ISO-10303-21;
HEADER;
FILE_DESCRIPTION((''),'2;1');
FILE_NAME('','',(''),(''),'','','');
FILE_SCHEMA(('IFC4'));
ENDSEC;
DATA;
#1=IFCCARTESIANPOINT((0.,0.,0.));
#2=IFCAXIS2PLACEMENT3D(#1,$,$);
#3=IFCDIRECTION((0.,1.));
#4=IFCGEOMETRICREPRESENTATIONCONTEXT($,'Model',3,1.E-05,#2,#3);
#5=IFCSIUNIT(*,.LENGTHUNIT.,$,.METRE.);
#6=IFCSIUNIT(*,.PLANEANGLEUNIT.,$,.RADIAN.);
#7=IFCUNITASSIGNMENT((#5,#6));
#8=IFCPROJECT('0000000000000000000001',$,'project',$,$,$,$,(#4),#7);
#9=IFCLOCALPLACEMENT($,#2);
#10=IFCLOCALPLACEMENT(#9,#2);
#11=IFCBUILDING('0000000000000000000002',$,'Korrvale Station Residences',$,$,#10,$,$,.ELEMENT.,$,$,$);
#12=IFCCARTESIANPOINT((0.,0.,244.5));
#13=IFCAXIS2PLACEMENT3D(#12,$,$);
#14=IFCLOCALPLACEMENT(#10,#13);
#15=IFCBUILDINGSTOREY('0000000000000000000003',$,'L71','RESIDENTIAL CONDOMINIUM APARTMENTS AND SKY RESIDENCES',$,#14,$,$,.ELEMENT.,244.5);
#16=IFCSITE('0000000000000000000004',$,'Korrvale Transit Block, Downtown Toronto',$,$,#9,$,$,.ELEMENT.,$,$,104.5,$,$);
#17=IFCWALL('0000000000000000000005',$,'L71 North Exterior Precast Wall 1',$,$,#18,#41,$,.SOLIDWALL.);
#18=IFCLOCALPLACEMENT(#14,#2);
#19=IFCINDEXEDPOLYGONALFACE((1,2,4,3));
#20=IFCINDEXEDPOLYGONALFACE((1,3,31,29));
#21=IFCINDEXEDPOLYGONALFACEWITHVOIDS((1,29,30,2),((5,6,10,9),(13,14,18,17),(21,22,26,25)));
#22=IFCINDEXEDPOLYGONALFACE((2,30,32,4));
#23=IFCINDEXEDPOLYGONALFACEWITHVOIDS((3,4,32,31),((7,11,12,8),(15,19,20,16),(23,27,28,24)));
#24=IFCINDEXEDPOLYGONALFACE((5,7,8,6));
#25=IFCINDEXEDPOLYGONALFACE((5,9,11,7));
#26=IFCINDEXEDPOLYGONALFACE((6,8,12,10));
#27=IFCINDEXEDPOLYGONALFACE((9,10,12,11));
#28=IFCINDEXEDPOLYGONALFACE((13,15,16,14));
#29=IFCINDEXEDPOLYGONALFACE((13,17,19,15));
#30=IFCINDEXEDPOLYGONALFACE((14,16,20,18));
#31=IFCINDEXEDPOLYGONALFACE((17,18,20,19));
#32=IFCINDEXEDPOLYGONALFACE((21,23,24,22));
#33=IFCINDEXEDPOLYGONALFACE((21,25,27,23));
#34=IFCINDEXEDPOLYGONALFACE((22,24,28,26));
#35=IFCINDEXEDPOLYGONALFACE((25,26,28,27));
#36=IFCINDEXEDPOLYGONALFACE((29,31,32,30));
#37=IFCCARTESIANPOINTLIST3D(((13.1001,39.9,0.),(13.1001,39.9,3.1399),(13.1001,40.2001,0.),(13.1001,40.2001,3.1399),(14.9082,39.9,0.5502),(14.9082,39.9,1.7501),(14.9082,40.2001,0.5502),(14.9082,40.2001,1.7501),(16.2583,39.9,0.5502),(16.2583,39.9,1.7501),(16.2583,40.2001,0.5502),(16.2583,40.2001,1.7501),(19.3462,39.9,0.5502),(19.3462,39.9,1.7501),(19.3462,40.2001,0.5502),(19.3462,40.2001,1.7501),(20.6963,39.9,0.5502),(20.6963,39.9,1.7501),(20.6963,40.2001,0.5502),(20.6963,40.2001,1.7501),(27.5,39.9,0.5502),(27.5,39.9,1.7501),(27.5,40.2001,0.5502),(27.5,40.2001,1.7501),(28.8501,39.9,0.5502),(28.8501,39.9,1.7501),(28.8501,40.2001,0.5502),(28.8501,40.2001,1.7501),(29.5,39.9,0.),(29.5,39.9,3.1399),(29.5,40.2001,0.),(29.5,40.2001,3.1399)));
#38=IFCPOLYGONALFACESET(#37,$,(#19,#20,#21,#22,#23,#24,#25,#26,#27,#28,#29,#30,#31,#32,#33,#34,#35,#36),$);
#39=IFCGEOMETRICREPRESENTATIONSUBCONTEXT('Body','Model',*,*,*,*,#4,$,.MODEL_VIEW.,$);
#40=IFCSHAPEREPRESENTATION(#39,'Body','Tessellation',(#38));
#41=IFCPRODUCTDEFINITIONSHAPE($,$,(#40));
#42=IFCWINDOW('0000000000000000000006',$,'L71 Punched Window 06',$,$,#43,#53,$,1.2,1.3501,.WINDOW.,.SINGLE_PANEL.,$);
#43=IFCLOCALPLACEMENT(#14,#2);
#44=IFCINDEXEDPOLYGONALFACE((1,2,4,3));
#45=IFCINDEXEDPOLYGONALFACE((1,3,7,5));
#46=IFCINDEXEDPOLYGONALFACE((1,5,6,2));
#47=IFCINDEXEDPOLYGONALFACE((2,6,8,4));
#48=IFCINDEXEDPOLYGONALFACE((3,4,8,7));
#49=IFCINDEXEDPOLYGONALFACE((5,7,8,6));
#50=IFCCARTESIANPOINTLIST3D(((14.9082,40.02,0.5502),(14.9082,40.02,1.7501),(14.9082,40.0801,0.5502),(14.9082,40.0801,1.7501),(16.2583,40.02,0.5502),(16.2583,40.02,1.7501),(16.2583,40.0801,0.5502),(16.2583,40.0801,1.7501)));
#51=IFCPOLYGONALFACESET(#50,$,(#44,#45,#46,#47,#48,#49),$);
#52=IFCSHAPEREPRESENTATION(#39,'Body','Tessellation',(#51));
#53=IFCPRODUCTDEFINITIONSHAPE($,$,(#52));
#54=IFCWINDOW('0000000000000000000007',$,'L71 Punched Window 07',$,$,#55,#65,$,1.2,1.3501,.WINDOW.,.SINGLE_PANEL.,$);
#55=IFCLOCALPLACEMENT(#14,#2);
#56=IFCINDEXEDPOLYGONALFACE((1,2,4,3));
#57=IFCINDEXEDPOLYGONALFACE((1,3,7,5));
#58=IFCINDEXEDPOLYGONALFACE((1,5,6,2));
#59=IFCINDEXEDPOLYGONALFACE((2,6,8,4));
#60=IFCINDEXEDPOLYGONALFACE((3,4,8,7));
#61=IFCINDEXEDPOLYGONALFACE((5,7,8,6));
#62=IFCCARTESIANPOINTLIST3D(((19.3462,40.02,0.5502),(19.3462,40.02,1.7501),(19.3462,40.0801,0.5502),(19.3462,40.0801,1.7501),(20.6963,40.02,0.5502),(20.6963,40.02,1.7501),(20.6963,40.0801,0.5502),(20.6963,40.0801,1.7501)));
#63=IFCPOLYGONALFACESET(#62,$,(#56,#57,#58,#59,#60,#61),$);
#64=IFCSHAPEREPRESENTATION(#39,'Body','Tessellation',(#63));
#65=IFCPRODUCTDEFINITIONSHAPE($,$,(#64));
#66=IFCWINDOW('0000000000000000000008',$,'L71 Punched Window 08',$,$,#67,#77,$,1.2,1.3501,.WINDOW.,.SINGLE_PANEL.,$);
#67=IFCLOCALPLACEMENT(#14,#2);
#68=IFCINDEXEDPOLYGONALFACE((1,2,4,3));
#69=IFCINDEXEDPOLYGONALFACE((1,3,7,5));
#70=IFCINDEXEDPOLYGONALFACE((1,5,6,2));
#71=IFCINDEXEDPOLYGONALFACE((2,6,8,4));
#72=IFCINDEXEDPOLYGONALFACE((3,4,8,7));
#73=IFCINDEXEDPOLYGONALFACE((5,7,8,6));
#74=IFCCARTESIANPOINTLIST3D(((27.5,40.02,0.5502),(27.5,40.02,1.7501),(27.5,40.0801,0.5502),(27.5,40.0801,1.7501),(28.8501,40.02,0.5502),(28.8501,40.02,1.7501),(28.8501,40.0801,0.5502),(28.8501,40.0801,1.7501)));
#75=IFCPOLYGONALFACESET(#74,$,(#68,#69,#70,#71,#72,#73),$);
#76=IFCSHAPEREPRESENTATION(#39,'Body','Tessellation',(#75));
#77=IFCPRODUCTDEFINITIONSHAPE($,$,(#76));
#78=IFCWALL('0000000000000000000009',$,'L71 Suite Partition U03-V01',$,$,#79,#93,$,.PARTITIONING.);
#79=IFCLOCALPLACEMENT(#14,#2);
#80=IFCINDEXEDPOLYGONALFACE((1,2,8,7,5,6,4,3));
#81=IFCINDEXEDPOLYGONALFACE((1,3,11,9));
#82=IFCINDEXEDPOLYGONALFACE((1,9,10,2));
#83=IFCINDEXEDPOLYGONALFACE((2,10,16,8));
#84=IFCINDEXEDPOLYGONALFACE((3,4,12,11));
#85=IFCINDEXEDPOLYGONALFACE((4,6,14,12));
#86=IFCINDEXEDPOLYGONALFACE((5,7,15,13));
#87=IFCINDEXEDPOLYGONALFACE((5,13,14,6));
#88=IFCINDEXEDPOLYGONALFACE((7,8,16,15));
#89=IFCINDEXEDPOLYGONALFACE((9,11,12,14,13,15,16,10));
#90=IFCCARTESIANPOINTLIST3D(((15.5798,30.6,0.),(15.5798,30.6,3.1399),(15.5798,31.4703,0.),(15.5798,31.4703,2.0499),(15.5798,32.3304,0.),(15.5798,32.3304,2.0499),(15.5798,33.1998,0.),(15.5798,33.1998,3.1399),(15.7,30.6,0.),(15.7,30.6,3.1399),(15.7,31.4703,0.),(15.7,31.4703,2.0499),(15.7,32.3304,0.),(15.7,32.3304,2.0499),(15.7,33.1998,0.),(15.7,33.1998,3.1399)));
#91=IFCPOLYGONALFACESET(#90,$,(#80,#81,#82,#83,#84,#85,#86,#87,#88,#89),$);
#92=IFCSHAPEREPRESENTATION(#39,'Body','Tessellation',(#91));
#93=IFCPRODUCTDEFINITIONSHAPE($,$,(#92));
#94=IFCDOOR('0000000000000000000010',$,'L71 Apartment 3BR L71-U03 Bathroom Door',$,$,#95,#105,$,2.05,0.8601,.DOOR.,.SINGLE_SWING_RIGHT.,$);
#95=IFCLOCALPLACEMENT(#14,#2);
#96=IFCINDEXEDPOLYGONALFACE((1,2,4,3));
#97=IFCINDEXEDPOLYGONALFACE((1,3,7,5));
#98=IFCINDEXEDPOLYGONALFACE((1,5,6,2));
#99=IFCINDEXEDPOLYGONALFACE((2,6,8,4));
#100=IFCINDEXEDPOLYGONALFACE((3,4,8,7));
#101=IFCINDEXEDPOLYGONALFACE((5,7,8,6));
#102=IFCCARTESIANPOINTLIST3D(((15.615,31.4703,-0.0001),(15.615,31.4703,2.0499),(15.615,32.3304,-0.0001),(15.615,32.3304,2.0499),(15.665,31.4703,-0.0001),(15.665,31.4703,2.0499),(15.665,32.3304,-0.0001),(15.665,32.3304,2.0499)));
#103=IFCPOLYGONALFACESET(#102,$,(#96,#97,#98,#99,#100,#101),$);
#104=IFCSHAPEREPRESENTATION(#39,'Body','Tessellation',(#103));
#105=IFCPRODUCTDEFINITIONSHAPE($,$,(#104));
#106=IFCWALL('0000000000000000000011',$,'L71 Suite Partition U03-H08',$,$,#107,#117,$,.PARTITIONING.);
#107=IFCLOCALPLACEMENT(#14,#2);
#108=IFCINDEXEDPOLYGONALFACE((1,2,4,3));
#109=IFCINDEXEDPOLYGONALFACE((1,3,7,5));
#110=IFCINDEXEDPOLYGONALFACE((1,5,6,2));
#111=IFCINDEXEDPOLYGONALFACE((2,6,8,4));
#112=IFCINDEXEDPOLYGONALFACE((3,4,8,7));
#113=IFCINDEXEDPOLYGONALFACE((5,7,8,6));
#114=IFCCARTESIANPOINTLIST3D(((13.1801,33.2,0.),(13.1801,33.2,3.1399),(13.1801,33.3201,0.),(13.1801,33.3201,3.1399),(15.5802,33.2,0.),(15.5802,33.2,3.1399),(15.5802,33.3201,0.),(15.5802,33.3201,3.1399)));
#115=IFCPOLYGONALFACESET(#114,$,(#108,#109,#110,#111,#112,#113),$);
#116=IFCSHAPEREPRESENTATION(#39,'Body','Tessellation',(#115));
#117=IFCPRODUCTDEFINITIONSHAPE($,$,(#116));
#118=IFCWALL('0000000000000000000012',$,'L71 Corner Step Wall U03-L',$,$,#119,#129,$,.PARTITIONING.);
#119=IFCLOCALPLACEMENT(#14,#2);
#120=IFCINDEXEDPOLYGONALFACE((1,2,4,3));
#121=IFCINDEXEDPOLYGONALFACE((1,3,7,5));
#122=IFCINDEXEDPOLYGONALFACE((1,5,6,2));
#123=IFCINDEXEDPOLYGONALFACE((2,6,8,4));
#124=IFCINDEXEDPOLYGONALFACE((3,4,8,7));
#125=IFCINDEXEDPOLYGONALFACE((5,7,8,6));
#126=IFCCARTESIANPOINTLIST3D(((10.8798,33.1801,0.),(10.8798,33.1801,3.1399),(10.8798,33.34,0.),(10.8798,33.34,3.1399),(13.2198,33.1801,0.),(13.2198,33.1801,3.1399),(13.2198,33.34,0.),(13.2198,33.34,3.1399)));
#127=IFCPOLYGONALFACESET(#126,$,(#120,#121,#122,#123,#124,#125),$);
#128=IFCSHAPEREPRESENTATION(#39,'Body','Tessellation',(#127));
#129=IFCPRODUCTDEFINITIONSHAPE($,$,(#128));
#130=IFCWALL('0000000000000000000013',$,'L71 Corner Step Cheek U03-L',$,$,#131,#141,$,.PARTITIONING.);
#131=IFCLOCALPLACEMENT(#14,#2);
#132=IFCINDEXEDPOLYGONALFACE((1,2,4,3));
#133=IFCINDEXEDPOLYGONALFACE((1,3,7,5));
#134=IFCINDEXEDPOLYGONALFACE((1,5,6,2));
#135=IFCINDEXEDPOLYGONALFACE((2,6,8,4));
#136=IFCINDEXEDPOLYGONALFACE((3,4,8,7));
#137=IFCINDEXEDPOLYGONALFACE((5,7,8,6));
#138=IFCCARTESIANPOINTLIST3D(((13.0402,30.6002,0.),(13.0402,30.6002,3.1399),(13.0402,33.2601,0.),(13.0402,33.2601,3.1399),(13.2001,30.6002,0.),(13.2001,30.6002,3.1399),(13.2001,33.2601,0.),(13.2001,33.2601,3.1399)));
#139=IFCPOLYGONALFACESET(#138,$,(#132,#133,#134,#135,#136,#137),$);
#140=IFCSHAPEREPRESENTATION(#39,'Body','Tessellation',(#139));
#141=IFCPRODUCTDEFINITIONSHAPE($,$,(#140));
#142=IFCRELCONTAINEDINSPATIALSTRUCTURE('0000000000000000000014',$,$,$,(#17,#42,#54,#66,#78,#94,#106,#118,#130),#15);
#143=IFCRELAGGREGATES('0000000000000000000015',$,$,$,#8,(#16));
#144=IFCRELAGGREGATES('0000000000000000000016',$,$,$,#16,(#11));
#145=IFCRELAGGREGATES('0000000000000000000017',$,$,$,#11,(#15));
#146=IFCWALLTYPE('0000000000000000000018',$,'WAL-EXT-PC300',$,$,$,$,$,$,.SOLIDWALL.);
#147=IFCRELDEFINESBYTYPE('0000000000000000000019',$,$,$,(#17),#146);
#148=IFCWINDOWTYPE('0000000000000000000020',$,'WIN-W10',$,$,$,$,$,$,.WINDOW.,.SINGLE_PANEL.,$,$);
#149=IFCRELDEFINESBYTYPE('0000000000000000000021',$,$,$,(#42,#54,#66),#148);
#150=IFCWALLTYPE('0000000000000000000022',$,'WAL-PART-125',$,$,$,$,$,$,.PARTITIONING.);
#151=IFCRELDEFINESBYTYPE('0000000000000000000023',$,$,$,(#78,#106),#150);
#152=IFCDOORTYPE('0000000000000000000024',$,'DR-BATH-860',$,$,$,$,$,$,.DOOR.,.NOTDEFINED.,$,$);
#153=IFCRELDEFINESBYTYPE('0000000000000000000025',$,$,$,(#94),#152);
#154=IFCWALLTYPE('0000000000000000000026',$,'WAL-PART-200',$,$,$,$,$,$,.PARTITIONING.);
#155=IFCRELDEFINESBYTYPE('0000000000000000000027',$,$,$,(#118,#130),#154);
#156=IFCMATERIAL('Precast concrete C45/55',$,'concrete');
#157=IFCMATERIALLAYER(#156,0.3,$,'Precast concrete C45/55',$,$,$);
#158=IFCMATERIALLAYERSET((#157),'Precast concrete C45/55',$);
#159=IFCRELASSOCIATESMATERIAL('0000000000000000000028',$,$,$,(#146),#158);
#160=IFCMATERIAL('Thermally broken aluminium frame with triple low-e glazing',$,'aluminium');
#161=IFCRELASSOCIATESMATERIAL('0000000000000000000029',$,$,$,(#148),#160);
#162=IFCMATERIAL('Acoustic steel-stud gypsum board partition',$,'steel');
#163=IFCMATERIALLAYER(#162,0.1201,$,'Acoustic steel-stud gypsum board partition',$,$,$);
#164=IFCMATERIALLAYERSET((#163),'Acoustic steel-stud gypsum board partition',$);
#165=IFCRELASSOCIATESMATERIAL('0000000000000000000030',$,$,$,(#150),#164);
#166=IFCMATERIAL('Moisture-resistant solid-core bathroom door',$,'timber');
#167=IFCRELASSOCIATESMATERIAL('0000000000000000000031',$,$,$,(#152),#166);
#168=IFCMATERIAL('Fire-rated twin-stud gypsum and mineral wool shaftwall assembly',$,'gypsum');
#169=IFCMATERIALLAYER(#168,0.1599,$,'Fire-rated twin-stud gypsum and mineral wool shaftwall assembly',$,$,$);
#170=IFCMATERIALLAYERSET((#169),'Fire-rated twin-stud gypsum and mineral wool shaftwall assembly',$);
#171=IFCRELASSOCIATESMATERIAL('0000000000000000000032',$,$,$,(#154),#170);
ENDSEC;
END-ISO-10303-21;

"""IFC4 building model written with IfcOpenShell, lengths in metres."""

from ifc_helpers import new_model, si_unit, direction, frame, frame_2d, origin, place, context, subcontext, project, spatial, rectangle, extrude, material, layer, layer_set, type_object, element, fill, save


model = new_model("IFC4")

# Units and contexts
model_context = context("Model", 3, precision=1e-05, world=origin(), true_north=direction((0.0, 1.0)))
body_context = subcontext(model_context, "Body", "Model", "MODEL_VIEW")
ifc_project = project(units=[si_unit("LENGTHUNIT", "METRE"), si_unit("PLANEANGLEUNIT", "RADIAN")], contexts=[model_context])

# Site, building, storey
site_placement = place(None, origin())
site = spatial("IfcSite", under=ifc_project, at=site_placement, Name="Korrvale Transit Block, Downtown Toronto", CompositionType="ELEMENT", RefElevation=104.5)
building_placement = place(site_placement, origin())
building = spatial("IfcBuilding", under=site, at=building_placement, Name="Korrvale Station Residences", CompositionType="ELEMENT")
storey_placement = place(building_placement, frame((0.0, 0.0, 244.5)))
storey = spatial("IfcBuildingStorey", under=building, at=storey_placement, Name="L71", Description="RESIDENTIAL CONDOMINIUM APARTMENTS AND SKY RESIDENCES", CompositionType="ELEMENT", Elevation=244.5)

# Shared definitions
ifc_material_1 = material(Name="Precast concrete C45/55", Category="concrete")

# Wall, openings, windows
ifc_layer_1 = layer(ifc_material_1, 0.3, Name="Precast concrete C45/55")
ifc_layer_set_1 = layer_set([ifc_layer_1], Name="Precast concrete C45/55")
wall_type_1 = type_object("IfcWallType", Name="WAL-EXT-PC300", PredefinedType="SOLIDWALL", material=ifc_layer_set_1)
wall_1_placement = place(storey_placement, frame((13.1001, 40.05, 0.0), z_axis=(0.0, 0.0, 1.0), x_axis=(1.0, 0.0, 0.0)))
wall_1 = element("IfcWall", 1, at=wall_1_placement, inside=storey, type_object=wall_type_1, Name="L71 North Exterior Precast Wall 1", PredefinedType="SOLIDWALL", context=body_context, shape_type="SweptSolid", body=[
    extrude(rectangle(XDim=16.3999, YDim=0.3, at=frame_2d((8.2, 0.0))), origin(), (0.0, 0.0, 1.0), 3.1399),
])
opening_1_placement = place(wall_1_placement, frame((1.8081, 0.0, 0.55)))
opening_1 = element("IfcOpeningElement", 2, at=opening_1_placement, cuts=wall_1, PredefinedType="OPENING", context=body_context, shape_type="SweptSolid", body=[
    extrude(rectangle(XDim=1.3501, YDim=1.2, at=frame_2d((0.675, 0.6001))), frame((0.0, 0.1602, 0.0), z_axis=(0.0, -1.0, 0.0), x_axis=(1.0, 0.0, 0.0)), (0.0, 0.0, 1.0), 0.3201),
])
opening_2_placement = place(wall_1_placement, frame((6.2461, 0.0, 0.55)))
opening_2 = element("IfcOpeningElement", 3, at=opening_2_placement, cuts=wall_1, PredefinedType="OPENING", context=body_context, shape_type="SweptSolid", body=[
    extrude(rectangle(XDim=1.3501, YDim=1.2, at=frame_2d((0.675, 0.6001))), frame((0.0, 0.1602, 0.0), z_axis=(0.0, -1.0, 0.0), x_axis=(1.0, 0.0, 0.0)), (0.0, 0.0, 1.0), 0.3201),
])
opening_3_placement = place(wall_1_placement, frame((14.3999, 0.0, 0.55)))
opening_3 = element("IfcOpeningElement", 4, at=opening_3_placement, cuts=wall_1, PredefinedType="OPENING", context=body_context, shape_type="SweptSolid", body=[
    extrude(rectangle(XDim=1.3501, YDim=1.2, at=frame_2d((0.675, 0.6001))), frame((0.0, 0.1602, 0.0), z_axis=(0.0, -1.0, 0.0), x_axis=(1.0, 0.0, 0.0)), (0.0, 0.0, 1.0), 0.3201),
])
ifc_material_2 = material(Name="Thermally broken aluminium frame with triple low-e glazing", Category="aluminium")
window_type = type_object("IfcWindowType", Name="WIN-W10", PartitioningType="SINGLE_PANEL", PredefinedType="WINDOW", material=ifc_material_2)
window_1_placement = place(opening_1_placement, origin())
window_1 = element("IfcWindow", 5, at=window_1_placement, inside=storey, type_object=window_type, Name="L71 Punched Window 06", OverallHeight=1.2, OverallWidth=1.3501, PartitioningType="SINGLE_PANEL", PredefinedType="WINDOW", context=body_context, shape_type="SweptSolid", body=[
    extrude(rectangle(XDim=1.3501, YDim=1.2, at=frame_2d((0.675, 0.6001))), frame((0.0, 0.03, 0.0), z_axis=(0.0, -1.0, 0.0), x_axis=(1.0, 0.0, 0.0)), (0.0, 0.0, 1.0), 0.0601),
])
fill(opening_1, window_1)
window_2_placement = place(opening_2_placement, origin())
window_2 = element("IfcWindow", 6, at=window_2_placement, inside=storey, type_object=window_type, Name="L71 Punched Window 07", OverallHeight=1.2, OverallWidth=1.3501, PartitioningType="SINGLE_PANEL", PredefinedType="WINDOW", context=body_context, shape_type="SweptSolid", body=[
    extrude(rectangle(XDim=1.3501, YDim=1.2, at=frame_2d((0.675, 0.6001))), frame((0.0, 0.03, 0.0), z_axis=(0.0, -1.0, 0.0), x_axis=(1.0, 0.0, 0.0)), (0.0, 0.0, 1.0), 0.0601),
])
fill(opening_2, window_2)
window_3_placement = place(opening_3_placement, origin())
window_3 = element("IfcWindow", 7, at=window_3_placement, inside=storey, type_object=window_type, Name="L71 Punched Window 08", OverallHeight=1.2, OverallWidth=1.3501, PartitioningType="SINGLE_PANEL", PredefinedType="WINDOW", context=body_context, shape_type="SweptSolid", body=[
    extrude(rectangle(XDim=1.3501, YDim=1.2, at=frame_2d((0.675, 0.6001))), frame((0.0, 0.03, 0.0), z_axis=(0.0, -1.0, 0.0), x_axis=(1.0, 0.0, 0.0)), (0.0, 0.0, 1.0), 0.0601),
])
fill(opening_3, window_3)

# Wall, opening, door
ifc_material_3 = material(Name="Acoustic steel-stud gypsum board partition", Category="steel")
ifc_layer_2 = layer(ifc_material_3, 0.1201, Name="Acoustic steel-stud gypsum board partition")
ifc_layer_set_2 = layer_set([ifc_layer_2], Name="Acoustic steel-stud gypsum board partition")
wall_type_2 = type_object("IfcWallType", Name="WAL-PART-125", PredefinedType="PARTITIONING", material=ifc_layer_set_2)
wall_2_placement = place(storey_placement, frame((15.6399, 30.6001, 0.0), z_axis=(0.0, 0.0, 1.0), x_axis=(0.0, 1.0, 0.0)))
wall_2 = element("IfcWall", 8, at=wall_2_placement, inside=storey, type_object=wall_type_2, Name="L71 Suite Partition U03-V01", PredefinedType="PARTITIONING", context=body_context, shape_type="SweptSolid", body=[
    extrude(rectangle(XDim=2.5999, YDim=0.1201, at=frame_2d((1.2998, 0.0))), origin(), (0.0, 0.0, 1.0), 3.1399),
])
opening_4_placement = place(wall_2_placement, frame((0.8701, 0.0, 0.0)))
opening_4 = element("IfcOpeningElement", 9, at=opening_4_placement, cuts=wall_2, PredefinedType="OPENING", context=body_context, shape_type="SweptSolid", body=[
    extrude(rectangle(XDim=0.8601, YDim=2.05, at=frame_2d((0.4302, 1.0249))), frame((0.0, 0.0701, 0.0), z_axis=(0.0, -1.0, 0.0), x_axis=(1.0, 0.0, 0.0)), (0.0, 0.0, 1.0), 0.1401),
])
ifc_material_4 = material(Name="Moisture-resistant solid-core bathroom door", Category="timber")
door_type_1 = type_object("IfcDoorType", Name="DR-BATH-860", OperationType="NOTDEFINED", PredefinedType="DOOR", material=ifc_material_4)
door_1_placement = place(opening_4_placement, origin())
door_1 = element("IfcDoor", 10, at=door_1_placement, inside=storey, type_object=door_type_1, Name="L71 Apartment 3BR L71-U03 Bathroom Door", OperationType="SINGLE_SWING_RIGHT", OverallHeight=2.05, OverallWidth=0.8601, PredefinedType="DOOR", context=body_context, shape_type="SweptSolid", body=[
    extrude(rectangle(XDim=0.8601, YDim=2.05, at=frame_2d((0.4302, 1.0249))), frame((0.0, 0.0249, 0.0), z_axis=(0.0, -1.0, 0.0), x_axis=(1.0, 0.0, 0.0)), (0.0, 0.0, 1.0), 0.05),
])
fill(opening_4, door_1)

# Walls
wall_3_placement = place(storey_placement, frame((13.1799, 33.26, 0.0), z_axis=(0.0, 0.0, 1.0), x_axis=(1.0, 0.0, 0.0)))
element("IfcWall", 11, at=wall_3_placement, inside=storey, type_object=wall_type_2, Name="L71 Suite Partition U03-H08", PredefinedType="PARTITIONING", context=body_context, shape_type="SweptSolid", body=[
    extrude(rectangle(XDim=2.4001, YDim=0.1201, at=frame_2d((1.2002, 0.0))), origin(), (0.0, 0.0, 1.0), 3.1399),
])
ifc_material_5 = material(Name="Fire-rated twin-stud gypsum and mineral wool shaftwall assembly", Category="gypsum")
ifc_layer_3 = layer(ifc_material_5, 0.1599, Name="Fire-rated twin-stud gypsum and mineral wool shaftwall assembly")
ifc_layer_set_3 = layer_set([ifc_layer_3], Name="Fire-rated twin-stud gypsum and mineral wool shaftwall assembly")
wall_type_3 = type_object("IfcWallType", Name="WAL-PART-200", PredefinedType="PARTITIONING", material=ifc_layer_set_3)
wall_4_placement = place(storey_placement, frame((10.8799, 33.26, 0.0), z_axis=(0.0, 0.0, 1.0), x_axis=(1.0, 0.0, 0.0)))
element("IfcWall", 12, at=wall_4_placement, inside=storey, type_object=wall_type_3, Name="L71 Corner Step Wall U03-L", PredefinedType="PARTITIONING", context=body_context, shape_type="SweptSolid", body=[
    extrude(rectangle(XDim=2.3401, YDim=0.1599, at=frame_2d((1.1699, 0.0))), origin(), (0.0, 0.0, 1.0), 3.1399),
])
wall_5_placement = place(storey_placement, frame((13.1201, 30.6001, 0.0), z_axis=(0.0, 0.0, 1.0), x_axis=(0.0, 1.0, 0.0)))
element("IfcWall", 13, at=wall_5_placement, inside=storey, type_object=wall_type_3, Name="L71 Corner Step Cheek U03-L", PredefinedType="PARTITIONING", context=body_context, shape_type="SweptSolid", body=[
    extrude(rectangle(XDim=2.6599, YDim=0.1599, at=frame_2d((1.3301, 0.0))), origin(), (0.0, 0.0, 1.0), 3.1399),
])

save(model, "model.ifc")
